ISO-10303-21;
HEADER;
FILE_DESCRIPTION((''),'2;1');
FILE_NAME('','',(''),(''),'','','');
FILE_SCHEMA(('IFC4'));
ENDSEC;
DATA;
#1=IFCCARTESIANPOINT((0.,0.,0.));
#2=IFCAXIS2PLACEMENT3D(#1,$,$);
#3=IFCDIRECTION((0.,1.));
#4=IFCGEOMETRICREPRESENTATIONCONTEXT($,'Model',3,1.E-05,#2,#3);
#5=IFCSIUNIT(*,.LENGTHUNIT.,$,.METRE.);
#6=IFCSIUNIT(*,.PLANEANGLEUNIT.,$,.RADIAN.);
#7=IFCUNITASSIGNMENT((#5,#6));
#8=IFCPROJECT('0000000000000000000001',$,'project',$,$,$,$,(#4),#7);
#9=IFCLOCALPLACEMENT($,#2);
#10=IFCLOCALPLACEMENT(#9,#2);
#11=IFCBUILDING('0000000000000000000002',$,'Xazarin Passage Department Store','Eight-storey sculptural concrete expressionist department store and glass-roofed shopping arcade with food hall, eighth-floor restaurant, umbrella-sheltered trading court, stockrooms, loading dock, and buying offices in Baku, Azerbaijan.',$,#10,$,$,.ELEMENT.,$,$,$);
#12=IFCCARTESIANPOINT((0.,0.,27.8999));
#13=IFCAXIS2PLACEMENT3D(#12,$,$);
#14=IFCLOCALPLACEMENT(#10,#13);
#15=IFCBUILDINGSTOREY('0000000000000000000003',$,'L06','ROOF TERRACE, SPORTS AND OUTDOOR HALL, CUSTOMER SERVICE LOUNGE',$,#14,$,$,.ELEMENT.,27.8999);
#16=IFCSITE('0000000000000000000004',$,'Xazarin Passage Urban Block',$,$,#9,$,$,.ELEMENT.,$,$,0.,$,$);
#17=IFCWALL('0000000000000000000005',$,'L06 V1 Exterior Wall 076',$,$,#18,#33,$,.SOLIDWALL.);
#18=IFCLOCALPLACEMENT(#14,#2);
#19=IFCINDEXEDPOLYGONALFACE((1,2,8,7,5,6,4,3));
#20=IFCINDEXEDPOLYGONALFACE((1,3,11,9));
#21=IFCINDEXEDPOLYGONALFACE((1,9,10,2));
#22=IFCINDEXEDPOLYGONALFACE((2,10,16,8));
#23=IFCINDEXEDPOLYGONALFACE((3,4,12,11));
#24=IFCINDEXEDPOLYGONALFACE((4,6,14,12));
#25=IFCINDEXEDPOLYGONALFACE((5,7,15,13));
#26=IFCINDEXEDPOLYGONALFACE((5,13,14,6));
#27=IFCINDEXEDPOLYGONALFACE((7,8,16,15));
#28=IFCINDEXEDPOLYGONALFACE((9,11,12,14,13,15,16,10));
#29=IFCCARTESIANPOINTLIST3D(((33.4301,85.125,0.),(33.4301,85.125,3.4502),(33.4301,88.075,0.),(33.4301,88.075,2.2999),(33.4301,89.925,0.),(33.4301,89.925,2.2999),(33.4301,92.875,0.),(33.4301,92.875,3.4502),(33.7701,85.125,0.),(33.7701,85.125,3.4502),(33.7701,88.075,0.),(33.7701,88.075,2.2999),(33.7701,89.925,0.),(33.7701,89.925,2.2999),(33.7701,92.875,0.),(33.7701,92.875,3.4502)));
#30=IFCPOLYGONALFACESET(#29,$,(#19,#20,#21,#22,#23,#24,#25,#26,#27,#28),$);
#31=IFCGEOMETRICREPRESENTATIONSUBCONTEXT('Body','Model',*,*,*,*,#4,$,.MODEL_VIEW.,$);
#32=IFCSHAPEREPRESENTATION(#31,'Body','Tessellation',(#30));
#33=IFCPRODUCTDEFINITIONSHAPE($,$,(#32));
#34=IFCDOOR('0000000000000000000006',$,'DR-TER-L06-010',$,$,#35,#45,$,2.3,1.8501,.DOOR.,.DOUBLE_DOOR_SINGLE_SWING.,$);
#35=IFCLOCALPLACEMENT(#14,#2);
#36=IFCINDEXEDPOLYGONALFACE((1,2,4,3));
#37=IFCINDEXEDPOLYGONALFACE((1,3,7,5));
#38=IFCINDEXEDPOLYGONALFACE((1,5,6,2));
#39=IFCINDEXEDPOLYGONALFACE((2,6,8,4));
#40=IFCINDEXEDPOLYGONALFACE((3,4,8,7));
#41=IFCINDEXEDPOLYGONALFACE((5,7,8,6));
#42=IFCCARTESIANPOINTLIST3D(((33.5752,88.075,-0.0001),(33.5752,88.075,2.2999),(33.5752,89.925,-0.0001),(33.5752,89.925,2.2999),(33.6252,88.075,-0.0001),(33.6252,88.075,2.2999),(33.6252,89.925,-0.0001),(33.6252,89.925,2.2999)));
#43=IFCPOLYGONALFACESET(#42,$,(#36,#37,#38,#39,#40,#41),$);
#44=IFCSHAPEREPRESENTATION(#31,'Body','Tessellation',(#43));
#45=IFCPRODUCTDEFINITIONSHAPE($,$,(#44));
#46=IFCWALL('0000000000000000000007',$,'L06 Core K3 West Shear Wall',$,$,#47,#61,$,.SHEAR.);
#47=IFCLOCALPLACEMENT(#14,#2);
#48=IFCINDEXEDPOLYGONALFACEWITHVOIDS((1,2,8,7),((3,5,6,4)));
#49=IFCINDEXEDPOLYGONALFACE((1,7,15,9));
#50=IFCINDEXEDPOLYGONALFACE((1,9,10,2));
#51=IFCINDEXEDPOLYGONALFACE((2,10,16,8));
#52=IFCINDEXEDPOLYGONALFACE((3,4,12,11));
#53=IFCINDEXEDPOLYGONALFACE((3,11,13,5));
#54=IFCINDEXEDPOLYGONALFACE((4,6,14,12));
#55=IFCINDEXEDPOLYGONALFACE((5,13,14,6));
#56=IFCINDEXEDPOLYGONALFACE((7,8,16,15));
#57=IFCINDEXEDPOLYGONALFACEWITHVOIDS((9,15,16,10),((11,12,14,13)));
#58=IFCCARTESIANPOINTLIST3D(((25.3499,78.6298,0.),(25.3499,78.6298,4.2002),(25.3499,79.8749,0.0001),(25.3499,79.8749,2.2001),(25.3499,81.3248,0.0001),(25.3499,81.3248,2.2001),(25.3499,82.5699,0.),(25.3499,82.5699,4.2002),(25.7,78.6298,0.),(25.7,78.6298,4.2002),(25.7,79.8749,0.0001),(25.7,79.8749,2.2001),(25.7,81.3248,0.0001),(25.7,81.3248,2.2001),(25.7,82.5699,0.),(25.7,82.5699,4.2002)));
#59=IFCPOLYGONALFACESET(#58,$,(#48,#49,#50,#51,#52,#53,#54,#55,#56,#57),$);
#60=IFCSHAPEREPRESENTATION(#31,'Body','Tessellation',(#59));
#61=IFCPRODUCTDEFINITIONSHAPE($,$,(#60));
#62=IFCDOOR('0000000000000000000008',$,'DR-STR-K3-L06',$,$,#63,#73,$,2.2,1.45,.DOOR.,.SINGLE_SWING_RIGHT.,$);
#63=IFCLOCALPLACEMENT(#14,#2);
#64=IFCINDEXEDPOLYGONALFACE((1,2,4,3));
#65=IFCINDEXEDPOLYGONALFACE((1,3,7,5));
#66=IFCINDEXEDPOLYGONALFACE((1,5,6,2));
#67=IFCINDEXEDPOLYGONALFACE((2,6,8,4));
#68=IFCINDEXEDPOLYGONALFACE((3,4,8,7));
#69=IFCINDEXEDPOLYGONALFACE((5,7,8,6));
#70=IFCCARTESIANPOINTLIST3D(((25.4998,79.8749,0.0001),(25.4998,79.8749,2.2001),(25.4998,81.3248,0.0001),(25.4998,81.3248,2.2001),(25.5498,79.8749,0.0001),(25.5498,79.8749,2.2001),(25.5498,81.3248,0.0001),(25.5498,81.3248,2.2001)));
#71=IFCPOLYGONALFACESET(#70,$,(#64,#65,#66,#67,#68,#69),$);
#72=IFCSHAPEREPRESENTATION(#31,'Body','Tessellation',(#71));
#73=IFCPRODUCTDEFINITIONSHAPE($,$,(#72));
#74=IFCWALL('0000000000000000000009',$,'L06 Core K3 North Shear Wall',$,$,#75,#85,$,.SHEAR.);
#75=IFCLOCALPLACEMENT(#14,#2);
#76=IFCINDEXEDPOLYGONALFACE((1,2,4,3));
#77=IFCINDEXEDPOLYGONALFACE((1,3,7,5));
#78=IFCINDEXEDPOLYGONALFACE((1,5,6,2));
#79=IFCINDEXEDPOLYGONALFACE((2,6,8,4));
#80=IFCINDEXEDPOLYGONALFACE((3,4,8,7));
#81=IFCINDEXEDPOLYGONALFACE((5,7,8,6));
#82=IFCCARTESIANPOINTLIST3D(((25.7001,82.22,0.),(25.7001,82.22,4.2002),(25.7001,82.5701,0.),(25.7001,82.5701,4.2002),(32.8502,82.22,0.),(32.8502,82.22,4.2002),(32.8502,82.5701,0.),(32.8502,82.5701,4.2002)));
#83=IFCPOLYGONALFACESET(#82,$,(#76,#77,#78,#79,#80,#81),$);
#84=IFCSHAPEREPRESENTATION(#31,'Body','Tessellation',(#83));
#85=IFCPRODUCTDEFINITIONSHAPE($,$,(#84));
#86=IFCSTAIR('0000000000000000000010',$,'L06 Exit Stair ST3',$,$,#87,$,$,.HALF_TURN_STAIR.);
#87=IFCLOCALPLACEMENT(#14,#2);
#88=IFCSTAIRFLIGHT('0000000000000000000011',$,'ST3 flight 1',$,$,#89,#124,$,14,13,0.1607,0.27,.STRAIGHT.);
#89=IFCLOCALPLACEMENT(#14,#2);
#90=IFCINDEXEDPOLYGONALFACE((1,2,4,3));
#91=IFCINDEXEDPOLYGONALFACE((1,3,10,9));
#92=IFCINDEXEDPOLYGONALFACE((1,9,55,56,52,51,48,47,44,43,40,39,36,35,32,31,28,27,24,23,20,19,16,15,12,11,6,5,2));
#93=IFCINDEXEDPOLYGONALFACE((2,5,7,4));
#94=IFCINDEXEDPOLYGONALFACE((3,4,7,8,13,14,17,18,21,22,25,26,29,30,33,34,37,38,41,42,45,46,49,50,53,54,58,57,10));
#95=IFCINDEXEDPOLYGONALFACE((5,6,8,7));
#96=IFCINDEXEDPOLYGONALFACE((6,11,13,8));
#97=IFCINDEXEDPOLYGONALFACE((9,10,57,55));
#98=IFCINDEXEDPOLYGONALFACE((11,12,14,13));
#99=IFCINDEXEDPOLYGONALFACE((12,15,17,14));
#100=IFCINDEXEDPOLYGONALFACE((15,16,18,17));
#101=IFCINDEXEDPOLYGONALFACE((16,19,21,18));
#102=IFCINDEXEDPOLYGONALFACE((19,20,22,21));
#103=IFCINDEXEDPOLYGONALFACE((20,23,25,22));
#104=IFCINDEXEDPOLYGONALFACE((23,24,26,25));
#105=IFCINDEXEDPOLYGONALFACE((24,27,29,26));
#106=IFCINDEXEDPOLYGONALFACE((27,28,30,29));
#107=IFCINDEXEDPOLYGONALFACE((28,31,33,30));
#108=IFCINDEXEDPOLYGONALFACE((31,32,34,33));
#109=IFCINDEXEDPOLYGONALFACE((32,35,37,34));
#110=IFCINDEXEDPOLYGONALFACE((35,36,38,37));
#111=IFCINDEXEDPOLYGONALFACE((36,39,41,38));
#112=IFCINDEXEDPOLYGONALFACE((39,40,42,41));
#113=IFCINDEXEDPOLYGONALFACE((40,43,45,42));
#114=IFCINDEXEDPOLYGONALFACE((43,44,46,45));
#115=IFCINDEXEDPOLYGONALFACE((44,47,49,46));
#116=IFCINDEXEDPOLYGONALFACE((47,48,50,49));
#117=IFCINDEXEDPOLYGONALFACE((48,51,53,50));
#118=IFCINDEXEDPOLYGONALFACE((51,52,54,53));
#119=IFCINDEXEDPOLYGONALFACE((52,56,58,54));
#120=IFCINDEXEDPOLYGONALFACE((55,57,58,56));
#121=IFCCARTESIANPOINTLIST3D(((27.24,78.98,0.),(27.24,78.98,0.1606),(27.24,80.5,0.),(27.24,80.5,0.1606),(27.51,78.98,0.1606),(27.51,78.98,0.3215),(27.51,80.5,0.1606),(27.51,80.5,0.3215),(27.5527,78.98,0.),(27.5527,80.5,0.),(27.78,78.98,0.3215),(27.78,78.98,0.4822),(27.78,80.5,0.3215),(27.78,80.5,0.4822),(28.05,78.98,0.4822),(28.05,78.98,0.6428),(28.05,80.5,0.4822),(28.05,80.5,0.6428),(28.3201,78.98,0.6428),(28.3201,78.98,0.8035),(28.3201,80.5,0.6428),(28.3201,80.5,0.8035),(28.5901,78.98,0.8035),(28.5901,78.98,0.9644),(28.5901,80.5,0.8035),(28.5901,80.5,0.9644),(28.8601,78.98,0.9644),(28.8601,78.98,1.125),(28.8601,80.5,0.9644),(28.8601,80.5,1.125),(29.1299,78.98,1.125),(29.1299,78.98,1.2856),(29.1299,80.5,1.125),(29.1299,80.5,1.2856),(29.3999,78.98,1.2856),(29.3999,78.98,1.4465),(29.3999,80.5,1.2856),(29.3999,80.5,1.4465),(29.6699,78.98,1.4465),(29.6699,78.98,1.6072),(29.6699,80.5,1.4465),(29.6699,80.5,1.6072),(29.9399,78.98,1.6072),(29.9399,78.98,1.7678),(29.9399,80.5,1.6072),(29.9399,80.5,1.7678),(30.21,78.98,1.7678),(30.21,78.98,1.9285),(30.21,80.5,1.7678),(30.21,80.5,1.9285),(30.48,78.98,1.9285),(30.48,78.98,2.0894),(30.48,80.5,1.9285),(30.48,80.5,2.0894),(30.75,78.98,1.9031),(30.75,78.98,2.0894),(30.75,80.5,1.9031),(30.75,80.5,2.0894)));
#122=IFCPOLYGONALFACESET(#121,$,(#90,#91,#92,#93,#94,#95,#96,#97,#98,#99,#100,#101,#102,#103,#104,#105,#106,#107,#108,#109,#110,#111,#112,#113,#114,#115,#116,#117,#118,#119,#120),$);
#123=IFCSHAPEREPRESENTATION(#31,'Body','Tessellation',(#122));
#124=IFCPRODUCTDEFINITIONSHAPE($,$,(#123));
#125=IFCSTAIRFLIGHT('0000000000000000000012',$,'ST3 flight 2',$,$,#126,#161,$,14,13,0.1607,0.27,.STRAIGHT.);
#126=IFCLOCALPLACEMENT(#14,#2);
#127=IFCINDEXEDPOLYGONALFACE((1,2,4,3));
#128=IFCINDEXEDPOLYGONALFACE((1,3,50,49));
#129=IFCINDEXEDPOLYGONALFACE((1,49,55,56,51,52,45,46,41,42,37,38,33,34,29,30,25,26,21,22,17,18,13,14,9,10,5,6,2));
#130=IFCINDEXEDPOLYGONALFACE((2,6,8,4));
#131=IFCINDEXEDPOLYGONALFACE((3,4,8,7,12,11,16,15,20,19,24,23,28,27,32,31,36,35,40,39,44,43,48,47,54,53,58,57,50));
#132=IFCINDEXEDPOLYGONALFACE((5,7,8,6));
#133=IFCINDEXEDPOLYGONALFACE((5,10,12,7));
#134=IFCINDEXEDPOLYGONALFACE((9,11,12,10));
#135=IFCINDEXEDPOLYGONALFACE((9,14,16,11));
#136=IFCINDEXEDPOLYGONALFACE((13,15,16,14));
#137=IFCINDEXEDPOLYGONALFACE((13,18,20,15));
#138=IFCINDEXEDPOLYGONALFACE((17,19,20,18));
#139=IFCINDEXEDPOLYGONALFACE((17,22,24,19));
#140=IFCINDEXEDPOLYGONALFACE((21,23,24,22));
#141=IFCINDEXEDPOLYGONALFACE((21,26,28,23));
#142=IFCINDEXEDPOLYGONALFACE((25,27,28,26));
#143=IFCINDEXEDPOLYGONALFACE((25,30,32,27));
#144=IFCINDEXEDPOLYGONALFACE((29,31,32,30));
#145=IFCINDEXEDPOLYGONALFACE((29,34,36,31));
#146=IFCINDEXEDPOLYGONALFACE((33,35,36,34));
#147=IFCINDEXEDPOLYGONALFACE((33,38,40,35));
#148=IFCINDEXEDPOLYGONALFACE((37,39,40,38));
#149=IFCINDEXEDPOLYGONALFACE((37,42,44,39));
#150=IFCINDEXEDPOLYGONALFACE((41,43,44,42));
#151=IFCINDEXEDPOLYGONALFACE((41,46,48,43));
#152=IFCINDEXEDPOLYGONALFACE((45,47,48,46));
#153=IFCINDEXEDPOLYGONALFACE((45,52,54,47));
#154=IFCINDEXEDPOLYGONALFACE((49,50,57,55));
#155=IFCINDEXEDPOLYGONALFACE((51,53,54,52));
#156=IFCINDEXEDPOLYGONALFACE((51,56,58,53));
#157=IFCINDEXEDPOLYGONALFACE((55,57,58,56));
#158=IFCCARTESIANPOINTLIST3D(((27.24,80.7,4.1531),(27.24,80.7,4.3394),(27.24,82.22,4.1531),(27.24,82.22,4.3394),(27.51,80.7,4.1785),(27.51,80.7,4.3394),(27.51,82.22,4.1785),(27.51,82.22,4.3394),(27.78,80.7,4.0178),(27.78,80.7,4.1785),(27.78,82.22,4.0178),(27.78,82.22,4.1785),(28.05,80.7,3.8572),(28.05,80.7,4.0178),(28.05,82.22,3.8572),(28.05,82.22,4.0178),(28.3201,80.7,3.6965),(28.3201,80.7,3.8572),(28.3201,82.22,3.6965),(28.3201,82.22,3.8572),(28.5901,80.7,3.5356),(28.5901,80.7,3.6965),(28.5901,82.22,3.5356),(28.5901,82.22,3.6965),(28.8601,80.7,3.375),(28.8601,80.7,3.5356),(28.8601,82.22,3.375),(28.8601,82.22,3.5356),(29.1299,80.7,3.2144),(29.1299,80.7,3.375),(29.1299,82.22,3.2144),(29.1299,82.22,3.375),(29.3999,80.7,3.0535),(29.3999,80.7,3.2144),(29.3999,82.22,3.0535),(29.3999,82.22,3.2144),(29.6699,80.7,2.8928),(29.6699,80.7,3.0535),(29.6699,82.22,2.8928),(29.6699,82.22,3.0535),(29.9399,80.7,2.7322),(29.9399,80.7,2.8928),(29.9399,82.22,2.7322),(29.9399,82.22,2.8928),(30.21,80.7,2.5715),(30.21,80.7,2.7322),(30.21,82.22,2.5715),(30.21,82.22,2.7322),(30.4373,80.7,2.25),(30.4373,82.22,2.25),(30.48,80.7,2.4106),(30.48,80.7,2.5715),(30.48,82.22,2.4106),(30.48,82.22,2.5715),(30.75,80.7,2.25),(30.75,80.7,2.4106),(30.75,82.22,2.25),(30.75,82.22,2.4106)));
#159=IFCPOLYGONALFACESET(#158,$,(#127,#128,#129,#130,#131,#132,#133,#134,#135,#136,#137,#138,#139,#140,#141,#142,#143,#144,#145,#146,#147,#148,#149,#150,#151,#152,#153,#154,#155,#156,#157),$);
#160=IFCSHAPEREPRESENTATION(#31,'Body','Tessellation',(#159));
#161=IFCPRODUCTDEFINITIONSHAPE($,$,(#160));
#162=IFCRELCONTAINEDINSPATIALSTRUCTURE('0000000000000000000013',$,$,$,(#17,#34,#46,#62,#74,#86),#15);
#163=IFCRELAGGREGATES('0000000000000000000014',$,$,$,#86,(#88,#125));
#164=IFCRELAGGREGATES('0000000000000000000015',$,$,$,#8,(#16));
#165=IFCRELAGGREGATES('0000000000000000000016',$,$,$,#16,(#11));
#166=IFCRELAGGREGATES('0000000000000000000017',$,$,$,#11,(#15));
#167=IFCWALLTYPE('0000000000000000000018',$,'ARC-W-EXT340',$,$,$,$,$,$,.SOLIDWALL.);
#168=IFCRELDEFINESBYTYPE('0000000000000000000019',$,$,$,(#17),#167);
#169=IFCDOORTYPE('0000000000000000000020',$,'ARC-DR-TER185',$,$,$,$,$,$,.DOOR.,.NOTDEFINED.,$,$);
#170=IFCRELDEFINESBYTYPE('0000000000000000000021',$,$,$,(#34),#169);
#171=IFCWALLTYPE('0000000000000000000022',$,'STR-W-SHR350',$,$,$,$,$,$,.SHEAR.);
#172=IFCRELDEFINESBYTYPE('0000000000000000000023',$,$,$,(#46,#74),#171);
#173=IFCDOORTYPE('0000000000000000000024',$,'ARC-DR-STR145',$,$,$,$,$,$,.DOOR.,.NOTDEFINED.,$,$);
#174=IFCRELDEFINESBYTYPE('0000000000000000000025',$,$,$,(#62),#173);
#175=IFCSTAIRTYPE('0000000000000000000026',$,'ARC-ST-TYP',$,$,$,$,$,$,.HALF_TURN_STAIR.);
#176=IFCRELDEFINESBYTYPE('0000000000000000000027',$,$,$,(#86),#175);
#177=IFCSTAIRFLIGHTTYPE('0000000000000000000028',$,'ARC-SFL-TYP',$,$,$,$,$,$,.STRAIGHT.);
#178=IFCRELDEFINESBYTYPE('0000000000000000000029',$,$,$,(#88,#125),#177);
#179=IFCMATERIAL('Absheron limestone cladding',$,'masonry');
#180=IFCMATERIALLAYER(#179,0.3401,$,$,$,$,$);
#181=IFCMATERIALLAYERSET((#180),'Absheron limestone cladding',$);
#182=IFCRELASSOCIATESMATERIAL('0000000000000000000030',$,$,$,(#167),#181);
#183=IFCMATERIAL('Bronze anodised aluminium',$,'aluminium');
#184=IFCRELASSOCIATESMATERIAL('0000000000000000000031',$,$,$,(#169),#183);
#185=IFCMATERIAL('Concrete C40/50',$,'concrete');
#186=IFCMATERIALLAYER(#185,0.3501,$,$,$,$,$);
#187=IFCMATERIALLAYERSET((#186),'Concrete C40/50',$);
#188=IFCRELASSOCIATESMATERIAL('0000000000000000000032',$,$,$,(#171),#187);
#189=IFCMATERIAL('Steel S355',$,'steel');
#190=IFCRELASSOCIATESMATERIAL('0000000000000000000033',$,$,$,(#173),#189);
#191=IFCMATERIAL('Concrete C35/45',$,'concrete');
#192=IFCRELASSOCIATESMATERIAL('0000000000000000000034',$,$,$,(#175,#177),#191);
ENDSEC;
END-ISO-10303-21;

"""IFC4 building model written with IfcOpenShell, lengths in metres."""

from ifc_helpers import new_model, si_unit, direction, frame, frame_2d, origin, place, context, subcontext, project, spatial, polyline, rectangle, outline, extrude, material, layer, layer_set, type_object, element, fill, aggregate, save


model = new_model("IFC4")

# Units and contexts
model_context = context("Model", 3, precision=1e-05, world=origin(), true_north=direction((0.0, 1.0)))
body_context = subcontext(model_context, "Body", "Model", "MODEL_VIEW")
ifc_project = project(units=[si_unit("LENGTHUNIT", "METRE"), si_unit("PLANEANGLEUNIT", "RADIAN")], contexts=[model_context])

# Site, building, storey
site_placement = place(None, origin())
site = spatial("IfcSite", under=ifc_project, at=site_placement, Name="Xazarin Passage Urban Block", CompositionType="ELEMENT", RefElevation=0.0)
building_placement = place(site_placement, origin())
building = spatial("IfcBuilding", under=site, at=building_placement, Name="Xazarin Passage Department Store", Description="Eight-storey sculptural concrete expressionist department store and glass-roofed shopping arcade with food hall, eighth-floor restaurant, umbrella-sheltered trading court, stockrooms, loading dock, and buying offices in Baku, Azerbaijan.", CompositionType="ELEMENT")
storey_placement = place(building_placement, frame((0.0, 0.0, 27.8999)))
storey = spatial("IfcBuildingStorey", under=building, at=storey_placement, Name="L06", Description="ROOF TERRACE, SPORTS AND OUTDOOR HALL, CUSTOMER SERVICE LOUNGE", CompositionType="ELEMENT", Elevation=27.8999)

# Shared definitions
ifc_material_1 = material(Name="Concrete C40/50", Category="concrete")

# Shared definitions
ifc_material_2 = material(Name="Concrete C35/45", Category="concrete")

# Walls, openings, doors
ifc_material_3 = material(Name="Absheron limestone cladding", Category="masonry")
ifc_layer_1 = layer(ifc_material_3, 0.3401)
ifc_layer_set_1 = layer_set([ifc_layer_1], Name="Absheron limestone cladding")
wall_type_1 = type_object("IfcWallType", Name="ARC-W-EXT340", PredefinedType="SOLIDWALL", material=ifc_layer_set_1)
wall_1_placement = place(storey_placement, frame((33.6001, 85.125, 0.0), z_axis=(0.0, 0.0, 1.0), x_axis=(0.0, 1.0, 0.0)))
wall_1 = element("IfcWall", 1, at=wall_1_placement, inside=storey, type_object=wall_type_1, Name="L06 V1 Exterior Wall 076", PredefinedType="SOLIDWALL", context=body_context, shape_type="SweptSolid", body=[
    extrude(rectangle(XDim=7.75, YDim=0.3401, at=frame_2d((3.875, 0.0))), origin(), (0.0, 0.0, 1.0), 3.4502),
])
opening_1_placement = place(wall_1_placement, frame((2.95, 0.0, 0.0)))
opening_1 = element("IfcOpeningElement", 2, at=opening_1_placement, cuts=wall_1, PredefinedType="OPENING", context=body_context, shape_type="SweptSolid", body=[
    extrude(rectangle(XDim=1.8501, YDim=2.3, at=frame_2d((0.925, 1.1499))), frame((0.0, 0.1799, 0.0), z_axis=(0.0, -1.0, 0.0), x_axis=(1.0, 0.0, 0.0)), (0.0, 0.0, 1.0), 0.3601),
])
ifc_material_4 = material(Name="Bronze anodised aluminium", Category="aluminium")
door_type_1 = type_object("IfcDoorType", Name="ARC-DR-TER185", OperationType="NOTDEFINED", PredefinedType="DOOR", material=ifc_material_4)
door_1_placement = place(opening_1_placement, origin())
door_1 = element("IfcDoor", 3, at=door_1_placement, inside=storey, type_object=door_type_1, Name="DR-TER-L06-010", OperationType="DOUBLE_DOOR_SINGLE_SWING", OverallHeight=2.3, OverallWidth=1.8501, PredefinedType="DOOR", context=body_context, shape_type="SweptSolid", body=[
    extrude(rectangle(XDim=1.8501, YDim=2.3, at=frame_2d((0.925, 1.1499))), frame((0.0, 0.0249, 0.0), z_axis=(0.0, -1.0, 0.0), x_axis=(1.0, 0.0, 0.0)), (0.0, 0.0, 1.0), 0.05),
])
fill(opening_1, door_1)
ifc_layer_2 = layer(ifc_material_1, 0.3501)
ifc_layer_set_2 = layer_set([ifc_layer_2], Name="Concrete C40/50")
wall_type_2 = type_object("IfcWallType", Name="STR-W-SHR350", PredefinedType="SHEAR", material=ifc_layer_set_2)
wall_2_placement = place(storey_placement, frame((25.5249, 82.5701, 0.0), z_axis=(0.0, 0.0, 1.0), x_axis=(0.0, -1.0, 0.0)))
wall_2 = element("IfcWall", 4, at=wall_2_placement, inside=storey, type_object=wall_type_2, Name="L06 Core K3 West Shear Wall", PredefinedType="SHEAR", context=body_context, shape_type="SweptSolid", body=[
    extrude(rectangle(XDim=3.9402, YDim=0.3501, at=frame_2d((1.9702, 0.0))), origin(), (0.0, 0.0, 1.0), 4.2002),
])
opening_2_placement = place(wall_2_placement, frame((1.2451, 0.0, 0.0)))
opening_2 = element("IfcOpeningElement", 5, at=opening_2_placement, cuts=wall_2, PredefinedType="OPENING", context=body_context, shape_type="SweptSolid", body=[
    extrude(rectangle(XDim=1.45, YDim=2.2, at=frame_2d((0.7251, 1.1001))), frame((0.0, 0.1851, 0.0), z_axis=(0.0, -1.0, 0.0), x_axis=(1.0, 0.0, 0.0)), (0.0, 0.0, 1.0), 0.3701),
])
ifc_material_5 = material(Name="Steel S355", Category="steel")
door_type_2 = type_object("IfcDoorType", Name="ARC-DR-STR145", OperationType="NOTDEFINED", PredefinedType="DOOR", material=ifc_material_5)
door_2_placement = place(opening_2_placement, origin())
door_2 = element("IfcDoor", 6, at=door_2_placement, inside=storey, type_object=door_type_2, Name="DR-STR-K3-L06", OperationType="SINGLE_SWING_RIGHT", OverallHeight=2.2, OverallWidth=1.45, PredefinedType="DOOR", context=body_context, shape_type="SweptSolid", body=[
    extrude(rectangle(XDim=1.45, YDim=2.2, at=frame_2d((0.7251, 1.1001))), frame((0.0, 0.0249, 0.0), z_axis=(0.0, -1.0, 0.0), x_axis=(1.0, 0.0, 0.0)), (0.0, 0.0, 1.0), 0.05),
])
fill(opening_2, door_2)

# Wall
wall_3_placement = place(storey_placement, frame((25.7, 82.395, 0.0), z_axis=(0.0, 0.0, 1.0), x_axis=(1.0, 0.0, 0.0)))
element("IfcWall", 7, at=wall_3_placement, inside=storey, type_object=wall_type_2, Name="L06 Core K3 North Shear Wall", PredefinedType="SHEAR", context=body_context, shape_type="SweptSolid", body=[
    extrude(rectangle(XDim=7.1501, YDim=0.3501, at=frame_2d((3.5752, 0.0))), origin(), (0.0, 0.0, 1.0), 4.2002),
])

# Stair, stair flights
stair_type = type_object("IfcStairType", Name="ARC-ST-TYP", PredefinedType="HALF_TURN_STAIR", material=ifc_material_2)
stair_placement = place(storey_placement, origin())
stair = element("IfcStair", 8, at=stair_placement, inside=storey, type_object=stair_type, Name="L06 Exit Stair ST3", PredefinedType="HALF_TURN_STAIR")
stair_flight_type = type_object("IfcStairFlightType", Name="ARC-SFL-TYP", PredefinedType="STRAIGHT", material=ifc_material_2)
stair_flight_1_placement = place(storey_placement, frame((27.24, 79.74, 0.0), z_axis=(0.0, 0.0, 1.0), x_axis=(1.0, 0.0, 0.0)))
stair_flight_1 = element("IfcStairFlight", 9, at=stair_flight_1_placement, type_object=stair_flight_type, Name="ST3 flight 1", NumberOfRisers=14, NumberOfTreads=13, PredefinedType="STRAIGHT", RiserHeight=0.1607, TreadLength=0.27, context=body_context, shape_type="SweptSolid", body=[
    extrude(outline(polyline([(0.0, 0.0), (0.0, 0.1606), (0.27, 0.1606), (0.27, 0.3215), (0.54, 0.3215), (0.54, 0.4822), (0.8101, 0.4822), (0.8101, 0.6428), (1.0801, 0.6428), (1.0801, 0.8035), (1.3501, 0.8035), (1.3501, 0.9644), (1.6201, 0.9644), (1.6201, 1.125), (1.8899, 1.125), (1.8899, 1.2856), (2.1599, 1.2856), (2.1599, 1.4465), (2.4299, 1.4465), (2.4299, 1.6072), (2.7, 1.6072), (2.7, 1.7678), (2.97, 1.7678), (2.97, 1.9285), (3.24, 1.9285), (3.24, 2.0894), (3.51, 2.0894), (3.51, 2.25), (3.51, 1.9031), (0.3127, 0.0), (0.0, 0.0)])), frame((0.0, 0.76, 0.0), z_axis=(0.0, -1.0, 0.0), x_axis=(1.0, 0.0, 0.0)), (0.0, 0.0, 1.0), 1.52),
])
stair_flight_2_placement = place(storey_placement, frame((30.75, 81.46, 2.25), z_axis=(0.0, 0.0, 1.0), x_axis=(-1.0, 0.0, 0.0)))
stair_flight_2 = element("IfcStairFlight", 10, at=stair_flight_2_placement, type_object=stair_flight_type, Name="ST3 flight 2", NumberOfRisers=14, NumberOfTreads=13, PredefinedType="STRAIGHT", RiserHeight=0.1607, TreadLength=0.27, context=body_context, shape_type="SweptSolid", body=[
    extrude(outline(polyline([(0.0, 0.0), (0.0, 0.1606), (0.27, 0.1606), (0.27, 0.3215), (0.54, 0.3215), (0.54, 0.4822), (0.8101, 0.4822), (0.8101, 0.6428), (1.0801, 0.6428), (1.0801, 0.8035), (1.3501, 0.8035), (1.3501, 0.9644), (1.6201, 0.9644), (1.6201, 1.125), (1.8899, 1.125), (1.8899, 1.2856), (2.1599, 1.2856), (2.1599, 1.4465), (2.4299, 1.4465), (2.4299, 1.6072), (2.7, 1.6072), (2.7, 1.7678), (2.97, 1.7678), (2.97, 1.9285), (3.24, 1.9285), (3.24, 2.0894), (3.51, 2.0894), (3.51, 2.25), (3.51, 1.9031), (0.3127, 0.0), (0.0, 0.0)])), frame((0.0, 0.76, 0.0), z_axis=(0.0, -1.0, 0.0), x_axis=(1.0, 0.0, 0.0)), (0.0, 0.0, 1.0), 1.52),
])
aggregate(stair, [stair_flight_1, stair_flight_2])

save(model, "model.ifc")
